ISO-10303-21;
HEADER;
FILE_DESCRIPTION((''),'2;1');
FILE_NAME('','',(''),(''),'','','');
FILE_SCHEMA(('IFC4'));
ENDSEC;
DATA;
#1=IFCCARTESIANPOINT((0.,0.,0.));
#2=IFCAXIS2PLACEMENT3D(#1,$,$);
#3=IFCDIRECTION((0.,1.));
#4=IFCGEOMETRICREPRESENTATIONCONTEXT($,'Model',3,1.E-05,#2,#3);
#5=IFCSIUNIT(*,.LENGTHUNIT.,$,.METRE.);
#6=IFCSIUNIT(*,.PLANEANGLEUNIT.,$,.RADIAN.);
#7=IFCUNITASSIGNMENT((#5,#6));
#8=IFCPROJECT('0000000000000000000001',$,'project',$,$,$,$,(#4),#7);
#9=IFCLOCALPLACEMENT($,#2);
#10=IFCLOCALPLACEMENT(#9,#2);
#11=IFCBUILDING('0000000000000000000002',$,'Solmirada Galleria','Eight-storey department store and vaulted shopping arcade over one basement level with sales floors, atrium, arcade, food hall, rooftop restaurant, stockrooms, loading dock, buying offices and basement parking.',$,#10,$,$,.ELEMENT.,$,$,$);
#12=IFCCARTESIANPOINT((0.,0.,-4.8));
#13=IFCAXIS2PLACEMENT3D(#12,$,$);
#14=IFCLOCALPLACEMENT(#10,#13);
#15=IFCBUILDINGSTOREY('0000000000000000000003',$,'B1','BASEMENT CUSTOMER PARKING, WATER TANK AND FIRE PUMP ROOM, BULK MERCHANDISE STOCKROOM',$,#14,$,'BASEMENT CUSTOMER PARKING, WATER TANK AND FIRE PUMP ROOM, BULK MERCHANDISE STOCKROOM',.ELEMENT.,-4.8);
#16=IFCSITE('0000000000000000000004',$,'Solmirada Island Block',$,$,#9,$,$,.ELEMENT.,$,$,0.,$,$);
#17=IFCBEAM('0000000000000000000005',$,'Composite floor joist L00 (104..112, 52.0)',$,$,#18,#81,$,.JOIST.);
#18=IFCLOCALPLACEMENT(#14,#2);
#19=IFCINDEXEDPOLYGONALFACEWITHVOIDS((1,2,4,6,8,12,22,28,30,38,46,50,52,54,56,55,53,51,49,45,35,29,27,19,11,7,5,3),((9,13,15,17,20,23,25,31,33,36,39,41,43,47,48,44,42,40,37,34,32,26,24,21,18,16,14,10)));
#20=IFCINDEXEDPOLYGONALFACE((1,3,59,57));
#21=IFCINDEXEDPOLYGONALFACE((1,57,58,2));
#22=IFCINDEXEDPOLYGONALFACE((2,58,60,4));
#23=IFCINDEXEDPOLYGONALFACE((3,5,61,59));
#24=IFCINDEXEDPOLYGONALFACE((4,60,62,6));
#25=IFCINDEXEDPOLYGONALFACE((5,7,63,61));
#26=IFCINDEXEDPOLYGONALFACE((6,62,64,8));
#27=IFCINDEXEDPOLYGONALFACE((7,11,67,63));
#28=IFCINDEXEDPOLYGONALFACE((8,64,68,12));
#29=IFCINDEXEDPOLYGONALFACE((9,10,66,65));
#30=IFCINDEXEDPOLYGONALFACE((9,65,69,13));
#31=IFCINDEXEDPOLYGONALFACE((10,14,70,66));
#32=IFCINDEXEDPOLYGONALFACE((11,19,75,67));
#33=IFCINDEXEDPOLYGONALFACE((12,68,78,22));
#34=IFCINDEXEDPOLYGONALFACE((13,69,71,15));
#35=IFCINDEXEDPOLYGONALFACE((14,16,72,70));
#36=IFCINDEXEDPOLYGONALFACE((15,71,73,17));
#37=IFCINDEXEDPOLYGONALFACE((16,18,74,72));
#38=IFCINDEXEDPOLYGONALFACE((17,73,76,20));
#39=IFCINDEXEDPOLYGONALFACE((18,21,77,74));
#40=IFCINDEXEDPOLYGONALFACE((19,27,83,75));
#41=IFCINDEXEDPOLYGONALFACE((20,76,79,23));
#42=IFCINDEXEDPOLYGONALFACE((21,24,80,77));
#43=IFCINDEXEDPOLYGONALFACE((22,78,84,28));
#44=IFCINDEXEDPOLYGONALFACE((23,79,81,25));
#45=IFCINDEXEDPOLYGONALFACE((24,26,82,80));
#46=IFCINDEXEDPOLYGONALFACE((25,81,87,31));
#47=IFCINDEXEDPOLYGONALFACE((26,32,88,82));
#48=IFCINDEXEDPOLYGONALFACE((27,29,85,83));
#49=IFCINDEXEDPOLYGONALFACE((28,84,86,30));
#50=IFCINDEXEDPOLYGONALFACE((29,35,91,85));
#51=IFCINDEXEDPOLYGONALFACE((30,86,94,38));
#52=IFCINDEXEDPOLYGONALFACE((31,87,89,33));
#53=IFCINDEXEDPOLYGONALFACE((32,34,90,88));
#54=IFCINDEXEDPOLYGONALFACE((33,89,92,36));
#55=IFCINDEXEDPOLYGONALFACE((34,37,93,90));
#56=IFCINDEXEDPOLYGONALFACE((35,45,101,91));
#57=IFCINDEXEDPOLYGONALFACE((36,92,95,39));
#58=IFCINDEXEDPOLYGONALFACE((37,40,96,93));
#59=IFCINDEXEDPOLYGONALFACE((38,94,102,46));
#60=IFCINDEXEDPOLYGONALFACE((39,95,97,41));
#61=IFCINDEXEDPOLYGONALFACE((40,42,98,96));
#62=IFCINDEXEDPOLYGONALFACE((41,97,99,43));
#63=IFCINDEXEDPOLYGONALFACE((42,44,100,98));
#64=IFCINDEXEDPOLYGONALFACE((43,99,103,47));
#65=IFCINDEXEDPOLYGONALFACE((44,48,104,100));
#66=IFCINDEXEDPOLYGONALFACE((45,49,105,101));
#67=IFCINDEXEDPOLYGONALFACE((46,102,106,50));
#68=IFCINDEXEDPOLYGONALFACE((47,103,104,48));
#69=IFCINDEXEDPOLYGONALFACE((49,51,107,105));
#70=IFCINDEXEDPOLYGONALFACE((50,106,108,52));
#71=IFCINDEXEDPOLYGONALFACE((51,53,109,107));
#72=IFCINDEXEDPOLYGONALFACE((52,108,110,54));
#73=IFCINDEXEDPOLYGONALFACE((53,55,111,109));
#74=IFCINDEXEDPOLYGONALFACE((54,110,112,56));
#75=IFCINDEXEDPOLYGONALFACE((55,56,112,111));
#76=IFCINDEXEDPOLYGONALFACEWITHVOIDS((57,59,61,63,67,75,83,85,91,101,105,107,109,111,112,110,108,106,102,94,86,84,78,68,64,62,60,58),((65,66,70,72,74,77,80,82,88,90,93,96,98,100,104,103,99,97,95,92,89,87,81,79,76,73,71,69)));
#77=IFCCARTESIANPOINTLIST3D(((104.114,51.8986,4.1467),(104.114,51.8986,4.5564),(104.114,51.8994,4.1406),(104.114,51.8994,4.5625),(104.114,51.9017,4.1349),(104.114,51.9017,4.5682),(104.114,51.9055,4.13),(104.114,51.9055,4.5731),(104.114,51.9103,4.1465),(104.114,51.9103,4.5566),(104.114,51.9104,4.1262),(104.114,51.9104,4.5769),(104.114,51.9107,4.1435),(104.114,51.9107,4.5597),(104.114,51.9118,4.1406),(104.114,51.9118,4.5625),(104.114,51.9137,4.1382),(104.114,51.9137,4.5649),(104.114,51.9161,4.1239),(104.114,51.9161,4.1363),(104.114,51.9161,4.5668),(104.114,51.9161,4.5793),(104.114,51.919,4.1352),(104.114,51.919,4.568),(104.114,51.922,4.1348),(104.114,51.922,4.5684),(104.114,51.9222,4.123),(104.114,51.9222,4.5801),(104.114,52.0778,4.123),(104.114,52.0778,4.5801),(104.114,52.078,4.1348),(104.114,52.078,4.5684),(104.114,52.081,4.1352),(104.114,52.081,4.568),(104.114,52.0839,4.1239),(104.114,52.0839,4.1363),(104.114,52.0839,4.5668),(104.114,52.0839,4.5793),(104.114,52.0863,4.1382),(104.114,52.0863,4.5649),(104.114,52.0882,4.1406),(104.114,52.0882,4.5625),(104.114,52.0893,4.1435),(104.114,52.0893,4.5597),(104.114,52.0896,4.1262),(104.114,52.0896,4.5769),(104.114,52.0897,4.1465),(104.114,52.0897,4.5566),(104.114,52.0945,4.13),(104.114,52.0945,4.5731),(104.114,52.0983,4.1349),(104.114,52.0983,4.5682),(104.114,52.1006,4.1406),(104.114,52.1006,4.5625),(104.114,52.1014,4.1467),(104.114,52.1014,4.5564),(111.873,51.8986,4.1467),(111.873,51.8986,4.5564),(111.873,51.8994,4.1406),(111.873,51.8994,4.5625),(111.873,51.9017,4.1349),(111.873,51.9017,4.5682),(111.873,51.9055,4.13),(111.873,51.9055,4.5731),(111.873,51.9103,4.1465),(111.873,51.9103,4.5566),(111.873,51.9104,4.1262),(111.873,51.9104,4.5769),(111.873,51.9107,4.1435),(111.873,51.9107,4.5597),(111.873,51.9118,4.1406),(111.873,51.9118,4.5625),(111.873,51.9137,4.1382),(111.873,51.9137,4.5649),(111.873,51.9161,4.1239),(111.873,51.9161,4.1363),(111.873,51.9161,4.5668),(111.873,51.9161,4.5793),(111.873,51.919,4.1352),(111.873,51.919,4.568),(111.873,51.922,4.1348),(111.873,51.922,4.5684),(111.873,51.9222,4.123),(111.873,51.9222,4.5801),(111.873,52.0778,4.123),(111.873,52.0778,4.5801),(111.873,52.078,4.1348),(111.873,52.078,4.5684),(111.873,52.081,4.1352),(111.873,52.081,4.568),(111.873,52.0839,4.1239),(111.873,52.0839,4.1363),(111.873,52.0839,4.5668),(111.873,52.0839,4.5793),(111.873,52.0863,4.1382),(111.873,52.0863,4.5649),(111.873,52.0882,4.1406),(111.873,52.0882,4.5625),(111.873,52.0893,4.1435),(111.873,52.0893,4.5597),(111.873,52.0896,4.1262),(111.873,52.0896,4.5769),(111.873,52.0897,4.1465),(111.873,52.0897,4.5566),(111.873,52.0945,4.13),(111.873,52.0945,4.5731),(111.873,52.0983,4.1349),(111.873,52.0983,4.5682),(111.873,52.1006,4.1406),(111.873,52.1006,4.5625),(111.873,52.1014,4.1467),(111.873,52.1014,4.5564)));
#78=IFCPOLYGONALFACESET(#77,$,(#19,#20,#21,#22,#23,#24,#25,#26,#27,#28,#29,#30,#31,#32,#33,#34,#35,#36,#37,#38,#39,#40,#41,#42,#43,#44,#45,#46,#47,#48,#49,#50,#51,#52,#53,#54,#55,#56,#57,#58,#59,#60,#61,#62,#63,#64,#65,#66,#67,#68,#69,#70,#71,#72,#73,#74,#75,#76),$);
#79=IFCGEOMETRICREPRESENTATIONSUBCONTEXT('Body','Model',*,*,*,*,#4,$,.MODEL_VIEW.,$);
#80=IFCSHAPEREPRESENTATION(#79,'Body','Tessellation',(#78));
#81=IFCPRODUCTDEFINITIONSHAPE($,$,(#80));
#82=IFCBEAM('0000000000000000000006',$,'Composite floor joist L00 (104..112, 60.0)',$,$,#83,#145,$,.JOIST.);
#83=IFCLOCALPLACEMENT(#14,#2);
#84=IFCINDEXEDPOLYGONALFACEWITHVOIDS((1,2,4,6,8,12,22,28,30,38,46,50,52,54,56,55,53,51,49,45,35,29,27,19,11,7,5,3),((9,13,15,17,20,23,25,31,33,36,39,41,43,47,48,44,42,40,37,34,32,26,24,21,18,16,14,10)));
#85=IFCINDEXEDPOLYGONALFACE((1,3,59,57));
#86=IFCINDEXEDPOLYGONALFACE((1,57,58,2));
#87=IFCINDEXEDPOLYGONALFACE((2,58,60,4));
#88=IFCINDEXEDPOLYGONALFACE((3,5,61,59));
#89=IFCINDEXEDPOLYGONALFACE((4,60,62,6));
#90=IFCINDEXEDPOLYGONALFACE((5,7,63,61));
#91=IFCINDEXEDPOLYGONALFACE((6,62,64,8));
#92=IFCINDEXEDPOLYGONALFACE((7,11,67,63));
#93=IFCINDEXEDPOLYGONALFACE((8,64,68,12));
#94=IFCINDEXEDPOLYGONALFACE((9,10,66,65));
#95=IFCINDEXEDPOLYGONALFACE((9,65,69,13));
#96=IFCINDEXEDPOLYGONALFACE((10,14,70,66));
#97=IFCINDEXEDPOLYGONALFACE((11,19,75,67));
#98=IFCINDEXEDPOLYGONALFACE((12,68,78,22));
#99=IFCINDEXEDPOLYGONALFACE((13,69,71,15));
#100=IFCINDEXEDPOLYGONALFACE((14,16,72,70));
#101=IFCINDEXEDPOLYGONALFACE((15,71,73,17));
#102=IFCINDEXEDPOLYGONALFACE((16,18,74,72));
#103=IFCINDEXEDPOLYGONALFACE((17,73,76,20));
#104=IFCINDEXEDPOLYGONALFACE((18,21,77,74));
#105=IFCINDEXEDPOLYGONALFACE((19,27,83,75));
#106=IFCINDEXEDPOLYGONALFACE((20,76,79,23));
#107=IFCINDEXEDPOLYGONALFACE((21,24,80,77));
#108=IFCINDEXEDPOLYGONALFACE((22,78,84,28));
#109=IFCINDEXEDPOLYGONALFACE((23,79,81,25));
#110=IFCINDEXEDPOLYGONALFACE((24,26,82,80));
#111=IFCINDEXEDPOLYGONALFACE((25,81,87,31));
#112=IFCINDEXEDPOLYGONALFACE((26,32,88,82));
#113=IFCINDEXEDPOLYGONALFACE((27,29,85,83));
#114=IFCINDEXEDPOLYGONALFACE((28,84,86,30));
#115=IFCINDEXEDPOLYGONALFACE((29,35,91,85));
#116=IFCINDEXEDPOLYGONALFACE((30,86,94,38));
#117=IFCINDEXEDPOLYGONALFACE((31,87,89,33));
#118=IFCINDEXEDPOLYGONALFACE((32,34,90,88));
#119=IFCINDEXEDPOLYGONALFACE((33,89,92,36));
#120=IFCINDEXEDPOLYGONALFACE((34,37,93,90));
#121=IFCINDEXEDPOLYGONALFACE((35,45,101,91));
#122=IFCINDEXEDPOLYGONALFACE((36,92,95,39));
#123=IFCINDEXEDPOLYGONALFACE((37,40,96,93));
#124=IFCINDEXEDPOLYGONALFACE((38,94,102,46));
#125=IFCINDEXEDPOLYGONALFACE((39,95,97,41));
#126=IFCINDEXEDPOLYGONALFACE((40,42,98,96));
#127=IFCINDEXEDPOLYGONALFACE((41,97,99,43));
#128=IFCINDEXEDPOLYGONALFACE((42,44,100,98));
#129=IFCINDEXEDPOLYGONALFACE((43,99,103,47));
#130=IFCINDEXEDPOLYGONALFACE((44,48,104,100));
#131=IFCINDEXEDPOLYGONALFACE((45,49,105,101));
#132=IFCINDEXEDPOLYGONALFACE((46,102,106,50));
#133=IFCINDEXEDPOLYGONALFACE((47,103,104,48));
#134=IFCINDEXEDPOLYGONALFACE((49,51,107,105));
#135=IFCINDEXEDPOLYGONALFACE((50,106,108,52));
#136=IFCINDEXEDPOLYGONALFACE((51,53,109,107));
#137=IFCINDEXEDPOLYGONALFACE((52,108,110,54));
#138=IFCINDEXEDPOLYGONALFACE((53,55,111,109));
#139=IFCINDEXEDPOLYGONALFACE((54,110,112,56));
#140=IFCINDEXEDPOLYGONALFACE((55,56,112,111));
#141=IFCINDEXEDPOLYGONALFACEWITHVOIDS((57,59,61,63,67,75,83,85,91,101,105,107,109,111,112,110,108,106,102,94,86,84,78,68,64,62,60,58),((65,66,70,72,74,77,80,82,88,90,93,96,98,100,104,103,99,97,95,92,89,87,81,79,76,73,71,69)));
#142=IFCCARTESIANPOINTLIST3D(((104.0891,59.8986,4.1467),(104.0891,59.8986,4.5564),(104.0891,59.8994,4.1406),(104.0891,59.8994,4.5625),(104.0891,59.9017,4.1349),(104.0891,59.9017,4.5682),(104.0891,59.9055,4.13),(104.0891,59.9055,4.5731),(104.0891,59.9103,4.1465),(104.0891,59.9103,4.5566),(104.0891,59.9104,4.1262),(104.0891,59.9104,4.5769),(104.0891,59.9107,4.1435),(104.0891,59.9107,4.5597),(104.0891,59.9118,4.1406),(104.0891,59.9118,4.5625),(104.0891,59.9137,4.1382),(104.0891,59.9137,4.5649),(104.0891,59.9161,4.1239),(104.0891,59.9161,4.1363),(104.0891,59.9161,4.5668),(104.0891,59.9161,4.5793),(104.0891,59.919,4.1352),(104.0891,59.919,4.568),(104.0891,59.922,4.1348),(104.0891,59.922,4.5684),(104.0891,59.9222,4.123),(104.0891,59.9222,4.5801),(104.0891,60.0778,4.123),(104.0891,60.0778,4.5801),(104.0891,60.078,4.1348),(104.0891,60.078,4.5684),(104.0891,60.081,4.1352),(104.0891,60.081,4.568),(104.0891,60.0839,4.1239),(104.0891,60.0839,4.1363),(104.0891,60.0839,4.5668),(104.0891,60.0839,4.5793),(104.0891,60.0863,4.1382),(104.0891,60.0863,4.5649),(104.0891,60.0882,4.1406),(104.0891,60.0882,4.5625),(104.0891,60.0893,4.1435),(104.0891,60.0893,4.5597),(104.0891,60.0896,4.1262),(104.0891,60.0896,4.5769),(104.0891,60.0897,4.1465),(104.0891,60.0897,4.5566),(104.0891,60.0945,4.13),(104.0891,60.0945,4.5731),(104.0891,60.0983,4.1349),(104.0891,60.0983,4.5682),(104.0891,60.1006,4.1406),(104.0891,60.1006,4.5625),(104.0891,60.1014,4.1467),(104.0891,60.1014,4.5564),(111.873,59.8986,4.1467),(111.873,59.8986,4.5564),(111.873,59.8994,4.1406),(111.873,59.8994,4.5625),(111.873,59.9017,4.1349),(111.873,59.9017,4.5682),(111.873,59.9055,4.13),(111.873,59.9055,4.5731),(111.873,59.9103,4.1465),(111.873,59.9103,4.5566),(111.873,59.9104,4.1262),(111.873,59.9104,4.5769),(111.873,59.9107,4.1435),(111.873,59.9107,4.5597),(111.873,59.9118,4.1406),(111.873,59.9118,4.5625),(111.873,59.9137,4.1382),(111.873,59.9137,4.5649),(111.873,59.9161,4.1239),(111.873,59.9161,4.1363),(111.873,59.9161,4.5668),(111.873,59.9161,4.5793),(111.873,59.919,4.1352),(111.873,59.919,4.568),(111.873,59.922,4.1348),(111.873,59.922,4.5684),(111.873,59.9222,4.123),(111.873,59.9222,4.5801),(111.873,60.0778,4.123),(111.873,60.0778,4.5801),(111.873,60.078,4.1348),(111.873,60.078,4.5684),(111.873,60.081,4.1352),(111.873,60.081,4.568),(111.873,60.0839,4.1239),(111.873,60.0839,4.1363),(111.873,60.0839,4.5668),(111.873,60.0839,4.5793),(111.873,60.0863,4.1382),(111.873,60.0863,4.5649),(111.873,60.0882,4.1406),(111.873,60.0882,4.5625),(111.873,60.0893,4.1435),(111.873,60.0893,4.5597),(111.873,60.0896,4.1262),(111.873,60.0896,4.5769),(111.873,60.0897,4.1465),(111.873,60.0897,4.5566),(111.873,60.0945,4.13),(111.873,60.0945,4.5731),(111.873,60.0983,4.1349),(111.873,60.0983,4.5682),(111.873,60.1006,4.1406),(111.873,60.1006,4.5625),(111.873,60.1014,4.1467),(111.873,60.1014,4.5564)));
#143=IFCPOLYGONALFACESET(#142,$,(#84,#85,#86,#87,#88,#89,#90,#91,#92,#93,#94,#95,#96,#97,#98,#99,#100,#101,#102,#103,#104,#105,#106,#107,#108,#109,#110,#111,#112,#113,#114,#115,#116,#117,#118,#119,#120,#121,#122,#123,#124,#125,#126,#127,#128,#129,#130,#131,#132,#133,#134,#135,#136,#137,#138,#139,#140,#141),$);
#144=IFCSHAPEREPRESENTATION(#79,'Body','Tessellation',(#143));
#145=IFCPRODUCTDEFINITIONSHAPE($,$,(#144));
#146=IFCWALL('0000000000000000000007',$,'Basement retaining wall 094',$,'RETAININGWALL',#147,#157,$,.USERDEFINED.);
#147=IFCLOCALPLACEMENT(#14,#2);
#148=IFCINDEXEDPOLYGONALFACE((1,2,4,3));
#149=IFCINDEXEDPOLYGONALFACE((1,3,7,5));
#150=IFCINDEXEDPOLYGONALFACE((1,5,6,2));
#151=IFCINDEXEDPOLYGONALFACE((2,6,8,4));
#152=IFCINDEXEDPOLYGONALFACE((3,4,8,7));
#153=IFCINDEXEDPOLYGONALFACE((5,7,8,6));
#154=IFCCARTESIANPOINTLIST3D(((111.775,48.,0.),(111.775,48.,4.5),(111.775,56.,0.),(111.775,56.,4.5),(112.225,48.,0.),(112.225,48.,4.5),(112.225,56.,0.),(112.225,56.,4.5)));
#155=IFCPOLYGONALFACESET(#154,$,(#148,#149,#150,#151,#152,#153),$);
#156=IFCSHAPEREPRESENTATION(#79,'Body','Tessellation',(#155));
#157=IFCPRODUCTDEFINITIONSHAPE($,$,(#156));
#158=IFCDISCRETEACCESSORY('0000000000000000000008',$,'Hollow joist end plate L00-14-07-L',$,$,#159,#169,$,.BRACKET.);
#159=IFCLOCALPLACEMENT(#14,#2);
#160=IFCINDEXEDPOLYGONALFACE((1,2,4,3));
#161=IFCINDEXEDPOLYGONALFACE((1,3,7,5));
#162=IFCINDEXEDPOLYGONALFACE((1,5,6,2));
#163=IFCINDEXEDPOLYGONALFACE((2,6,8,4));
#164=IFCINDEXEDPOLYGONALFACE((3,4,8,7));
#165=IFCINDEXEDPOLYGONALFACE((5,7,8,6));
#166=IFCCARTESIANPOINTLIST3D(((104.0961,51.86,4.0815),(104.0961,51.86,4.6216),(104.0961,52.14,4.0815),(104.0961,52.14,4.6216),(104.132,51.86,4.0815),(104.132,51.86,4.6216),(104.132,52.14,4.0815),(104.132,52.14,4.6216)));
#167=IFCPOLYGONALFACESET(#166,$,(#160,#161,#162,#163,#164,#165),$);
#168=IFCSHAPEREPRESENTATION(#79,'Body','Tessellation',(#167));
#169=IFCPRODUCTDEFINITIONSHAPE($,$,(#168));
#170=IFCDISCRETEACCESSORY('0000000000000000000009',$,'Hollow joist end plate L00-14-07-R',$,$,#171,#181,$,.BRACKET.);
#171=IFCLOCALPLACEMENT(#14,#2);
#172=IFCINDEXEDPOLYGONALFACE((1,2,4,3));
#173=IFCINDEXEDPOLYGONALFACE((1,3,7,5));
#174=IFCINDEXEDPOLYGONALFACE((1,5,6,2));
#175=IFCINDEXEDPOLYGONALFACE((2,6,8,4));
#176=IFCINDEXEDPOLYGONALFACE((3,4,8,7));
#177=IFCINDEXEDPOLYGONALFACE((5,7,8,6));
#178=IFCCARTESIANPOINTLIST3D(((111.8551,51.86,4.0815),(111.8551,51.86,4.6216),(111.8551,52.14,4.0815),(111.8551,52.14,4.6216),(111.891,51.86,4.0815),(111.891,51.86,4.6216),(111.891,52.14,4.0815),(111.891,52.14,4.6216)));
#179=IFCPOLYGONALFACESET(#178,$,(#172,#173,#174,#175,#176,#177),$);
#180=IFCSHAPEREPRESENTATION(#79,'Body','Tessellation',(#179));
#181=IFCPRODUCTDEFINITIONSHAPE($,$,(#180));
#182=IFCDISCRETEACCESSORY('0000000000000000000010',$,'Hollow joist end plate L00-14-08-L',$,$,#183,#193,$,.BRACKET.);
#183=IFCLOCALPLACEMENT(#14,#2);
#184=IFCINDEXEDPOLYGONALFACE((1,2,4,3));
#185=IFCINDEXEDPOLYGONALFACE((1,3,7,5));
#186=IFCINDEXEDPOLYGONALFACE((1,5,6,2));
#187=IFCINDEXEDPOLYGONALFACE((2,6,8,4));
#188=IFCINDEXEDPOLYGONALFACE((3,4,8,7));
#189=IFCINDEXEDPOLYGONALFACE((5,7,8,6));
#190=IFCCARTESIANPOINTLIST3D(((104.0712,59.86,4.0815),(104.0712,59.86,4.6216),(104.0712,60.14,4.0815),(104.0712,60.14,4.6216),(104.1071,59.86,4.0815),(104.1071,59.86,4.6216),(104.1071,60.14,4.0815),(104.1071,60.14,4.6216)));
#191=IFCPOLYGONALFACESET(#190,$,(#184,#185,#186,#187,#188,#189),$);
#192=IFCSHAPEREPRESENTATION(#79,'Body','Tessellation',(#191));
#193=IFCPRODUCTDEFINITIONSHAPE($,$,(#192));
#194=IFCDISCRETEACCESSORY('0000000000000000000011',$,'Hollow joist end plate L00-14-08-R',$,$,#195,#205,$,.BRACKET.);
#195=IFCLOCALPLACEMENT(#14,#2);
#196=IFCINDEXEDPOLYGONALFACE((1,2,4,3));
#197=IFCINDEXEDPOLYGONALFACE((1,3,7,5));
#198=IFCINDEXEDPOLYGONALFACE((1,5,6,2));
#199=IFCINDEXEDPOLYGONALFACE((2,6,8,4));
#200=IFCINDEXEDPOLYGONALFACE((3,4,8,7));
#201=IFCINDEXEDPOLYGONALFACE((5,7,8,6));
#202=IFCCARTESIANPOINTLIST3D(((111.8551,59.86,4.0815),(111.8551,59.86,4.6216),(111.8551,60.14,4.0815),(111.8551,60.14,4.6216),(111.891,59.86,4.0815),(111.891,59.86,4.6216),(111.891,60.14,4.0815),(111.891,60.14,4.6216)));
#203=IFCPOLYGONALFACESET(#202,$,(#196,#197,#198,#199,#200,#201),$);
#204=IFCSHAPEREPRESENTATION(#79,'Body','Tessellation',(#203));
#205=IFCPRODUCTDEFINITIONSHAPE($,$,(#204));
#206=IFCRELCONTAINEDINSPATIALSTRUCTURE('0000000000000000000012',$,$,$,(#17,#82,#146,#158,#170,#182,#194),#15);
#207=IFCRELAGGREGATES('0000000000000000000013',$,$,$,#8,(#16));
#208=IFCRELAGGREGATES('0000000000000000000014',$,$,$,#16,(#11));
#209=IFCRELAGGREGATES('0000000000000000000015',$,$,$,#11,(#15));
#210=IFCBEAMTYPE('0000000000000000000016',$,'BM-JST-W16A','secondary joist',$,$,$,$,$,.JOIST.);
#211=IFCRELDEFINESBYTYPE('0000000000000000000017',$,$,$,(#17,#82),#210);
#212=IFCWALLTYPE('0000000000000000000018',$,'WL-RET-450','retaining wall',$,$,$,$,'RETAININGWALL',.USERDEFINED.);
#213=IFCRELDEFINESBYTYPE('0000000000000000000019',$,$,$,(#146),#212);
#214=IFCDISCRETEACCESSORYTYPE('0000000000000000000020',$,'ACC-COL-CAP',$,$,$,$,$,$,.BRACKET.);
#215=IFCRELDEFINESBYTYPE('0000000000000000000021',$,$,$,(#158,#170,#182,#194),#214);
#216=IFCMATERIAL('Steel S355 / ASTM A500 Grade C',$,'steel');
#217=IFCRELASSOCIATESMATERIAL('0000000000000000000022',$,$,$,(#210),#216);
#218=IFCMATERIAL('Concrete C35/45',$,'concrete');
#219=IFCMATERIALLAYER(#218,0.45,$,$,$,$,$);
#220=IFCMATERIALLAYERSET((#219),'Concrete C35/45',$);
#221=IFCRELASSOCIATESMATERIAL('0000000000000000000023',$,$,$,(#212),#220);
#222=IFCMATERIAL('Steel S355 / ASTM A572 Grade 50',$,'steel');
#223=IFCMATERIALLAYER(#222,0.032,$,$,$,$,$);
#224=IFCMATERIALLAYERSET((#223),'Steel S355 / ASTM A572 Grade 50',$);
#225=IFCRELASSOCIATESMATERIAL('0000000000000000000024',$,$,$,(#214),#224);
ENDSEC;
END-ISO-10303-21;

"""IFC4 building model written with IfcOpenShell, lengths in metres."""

from ifc_helpers import new_model, si_unit, direction, frame, frame_2d, origin, origin_2d, place, context, subcontext, project, spatial, rectangle, hollow_rectangle, extrude, material, layer, layer_set, material_profile, profile_set, type_object, element, save


model = new_model("IFC4")

# Units and contexts
model_context = context("Model", 3, precision=1e-05, world=origin(), true_north=direction((0.0, 1.0)))
body_context = subcontext(model_context, "Body", "Model", "MODEL_VIEW")
ifc_project = project(units=[si_unit("LENGTHUNIT", "METRE"), si_unit("PLANEANGLEUNIT", "RADIAN")], contexts=[model_context])

# Site, building, storey
site_placement = place(None, origin())
site = spatial("IfcSite", under=ifc_project, at=site_placement, Name="Solmirada Island Block", CompositionType="ELEMENT", RefElevation=0.0)
building_placement = place(site_placement, origin())
building = spatial("IfcBuilding", under=site, at=building_placement, Name="Solmirada Galleria", Description="Eight-storey department store and vaulted shopping arcade over one basement level with sales floors, atrium, arcade, food hall, rooftop restaurant, stockrooms, loading dock, buying offices and basement parking.", CompositionType="ELEMENT")
storey_placement = place(building_placement, frame((0.0, 0.0, -4.8)))
storey = spatial("IfcBuildingStorey", under=building, at=storey_placement, Name="B1", Description="BASEMENT CUSTOMER PARKING, WATER TANK AND FIRE PUMP ROOM, BULK MERCHANDISE STOCKROOM", LongName="BASEMENT CUSTOMER PARKING, WATER TANK AND FIRE PUMP ROOM, BULK MERCHANDISE STOCKROOM", CompositionType="ELEMENT", Elevation=-4.8)

# Shared definitions
ifc_material_1 = material(Name="Concrete C35/45", Category="concrete")

# Beams
ifc_material_2 = material(Name="Steel S355 / ASTM A500 Grade C", Category="steel")
ifc_material_profile_1 = material_profile(ifc_material_2, hollow_rectangle(XDim=0.2029, YDim=0.457, WallThickness=0.0117, InnerFilletRadius=0.0117, OuterFilletRadius=0.0237, at=origin_2d()), Name="HSS18X8X1/2")
ifc_profile_set_1 = profile_set([ifc_material_profile_1], Name="Steel S355 / ASTM A500 Grade C")
beam_type_1 = type_object("IfcBeamType", Name="BM-JST-W16A", Description="secondary joist", PredefinedType="JOIST", material=ifc_profile_set_1)
beam_1_placement = place(storey_placement, frame((104.114, 52.0, 4.3516), z_axis=(1.0, 0.0, 0.0), x_axis=(0.0, 1.0, 0.0)))
element("IfcBeam", 1, at=beam_1_placement, inside=storey, type_object=beam_type_1, Name="Composite floor joist L00 (104..112, 52.0)", PredefinedType="JOIST", context=body_context, shape_type="SweptSolid", body=[
    extrude(hollow_rectangle(XDim=0.2029, YDim=0.457, WallThickness=0.0117, InnerFilletRadius=0.0117, OuterFilletRadius=0.0237, at=origin_2d()), origin(), (0.0, 0.0, 1.0), 7.759),
])
beam_2_placement = place(storey_placement, frame((104.0891, 60.0, 4.3516), z_axis=(1.0, 0.0, 0.0), x_axis=(0.0, 1.0, 0.0)))
element("IfcBeam", 2, at=beam_2_placement, inside=storey, type_object=beam_type_1, Name="Composite floor joist L00 (104..112, 60.0)", PredefinedType="JOIST", context=body_context, shape_type="SweptSolid", body=[
    extrude(hollow_rectangle(XDim=0.2029, YDim=0.457, WallThickness=0.0117, InnerFilletRadius=0.0117, OuterFilletRadius=0.0237, at=origin_2d()), origin(), (0.0, 0.0, 1.0), 7.7839),
])

# Wall
ifc_layer_1 = layer(ifc_material_1, 0.45)
ifc_layer_set_1 = layer_set([ifc_layer_1], Name="Concrete C35/45")
wall_type = type_object("IfcWallType", Name="WL-RET-450", Description="retaining wall", ElementType="RETAININGWALL", PredefinedType="USERDEFINED", material=ifc_layer_set_1)
wall_placement = place(storey_placement, frame((112.0, 56.0, 0.0), z_axis=(0.0, 0.0, 1.0), x_axis=(0.0, -1.0, 0.0)))
element("IfcWall", 3, at=wall_placement, inside=storey, type_object=wall_type, Name="Basement retaining wall 094", ObjectType="RETAININGWALL", PredefinedType="USERDEFINED", context=body_context, shape_type="SweptSolid", body=[
    extrude(rectangle(XDim=8.0, YDim=0.45, at=frame_2d((4.0, 0.0))), origin(), (0.0, 0.0, 1.0), 4.5),
])

# Discrete accessories
ifc_material_3 = material(Name="Steel S355 / ASTM A572 Grade 50", Category="steel")
ifc_layer_2 = layer(ifc_material_3, 0.032)
ifc_layer_set_2 = layer_set([ifc_layer_2], Name="Steel S355 / ASTM A572 Grade 50")
discrete_accessory_type = type_object("IfcDiscreteAccessoryType", Name="ACC-COL-CAP", PredefinedType="BRACKET", material=ifc_layer_set_2)
for number, where, z_axis, x_axis, name in (
    (4, (104.114, 52.0, 4.0815), (0.0, 0.0, 1.0), (1.0, 0.0, 0.0), "Hollow joist end plate L00-14-07-L"),
    (5, (111.873, 52.0, 4.0815), (0.0, 0.0, 1.0), (1.0, 0.0, 0.0), "Hollow joist end plate L00-14-07-R"),
    (6, (104.0891, 60.0, 4.0815), (0.0, 0.0, 1.0), (1.0, 0.0, 0.0), "Hollow joist end plate L00-14-08-L"),
    (7, (111.873, 60.0, 4.0815), (0.0, 0.0, 1.0), (1.0, 0.0, 0.0), "Hollow joist end plate L00-14-08-R"),
):
    element("IfcDiscreteAccessory", number, at=place(storey_placement, frame(where, z_axis=z_axis, x_axis=x_axis)), inside=storey, type_object=discrete_accessory_type, Name=name, PredefinedType="BRACKET", context=body_context, shape_type="SweptSolid", body=[
        extrude(rectangle(XDim=0.0359, YDim=0.28, at=origin_2d()), origin(), (0.0, 0.0, 1.0), 0.54),
    ])

save(model, "model.ifc")
